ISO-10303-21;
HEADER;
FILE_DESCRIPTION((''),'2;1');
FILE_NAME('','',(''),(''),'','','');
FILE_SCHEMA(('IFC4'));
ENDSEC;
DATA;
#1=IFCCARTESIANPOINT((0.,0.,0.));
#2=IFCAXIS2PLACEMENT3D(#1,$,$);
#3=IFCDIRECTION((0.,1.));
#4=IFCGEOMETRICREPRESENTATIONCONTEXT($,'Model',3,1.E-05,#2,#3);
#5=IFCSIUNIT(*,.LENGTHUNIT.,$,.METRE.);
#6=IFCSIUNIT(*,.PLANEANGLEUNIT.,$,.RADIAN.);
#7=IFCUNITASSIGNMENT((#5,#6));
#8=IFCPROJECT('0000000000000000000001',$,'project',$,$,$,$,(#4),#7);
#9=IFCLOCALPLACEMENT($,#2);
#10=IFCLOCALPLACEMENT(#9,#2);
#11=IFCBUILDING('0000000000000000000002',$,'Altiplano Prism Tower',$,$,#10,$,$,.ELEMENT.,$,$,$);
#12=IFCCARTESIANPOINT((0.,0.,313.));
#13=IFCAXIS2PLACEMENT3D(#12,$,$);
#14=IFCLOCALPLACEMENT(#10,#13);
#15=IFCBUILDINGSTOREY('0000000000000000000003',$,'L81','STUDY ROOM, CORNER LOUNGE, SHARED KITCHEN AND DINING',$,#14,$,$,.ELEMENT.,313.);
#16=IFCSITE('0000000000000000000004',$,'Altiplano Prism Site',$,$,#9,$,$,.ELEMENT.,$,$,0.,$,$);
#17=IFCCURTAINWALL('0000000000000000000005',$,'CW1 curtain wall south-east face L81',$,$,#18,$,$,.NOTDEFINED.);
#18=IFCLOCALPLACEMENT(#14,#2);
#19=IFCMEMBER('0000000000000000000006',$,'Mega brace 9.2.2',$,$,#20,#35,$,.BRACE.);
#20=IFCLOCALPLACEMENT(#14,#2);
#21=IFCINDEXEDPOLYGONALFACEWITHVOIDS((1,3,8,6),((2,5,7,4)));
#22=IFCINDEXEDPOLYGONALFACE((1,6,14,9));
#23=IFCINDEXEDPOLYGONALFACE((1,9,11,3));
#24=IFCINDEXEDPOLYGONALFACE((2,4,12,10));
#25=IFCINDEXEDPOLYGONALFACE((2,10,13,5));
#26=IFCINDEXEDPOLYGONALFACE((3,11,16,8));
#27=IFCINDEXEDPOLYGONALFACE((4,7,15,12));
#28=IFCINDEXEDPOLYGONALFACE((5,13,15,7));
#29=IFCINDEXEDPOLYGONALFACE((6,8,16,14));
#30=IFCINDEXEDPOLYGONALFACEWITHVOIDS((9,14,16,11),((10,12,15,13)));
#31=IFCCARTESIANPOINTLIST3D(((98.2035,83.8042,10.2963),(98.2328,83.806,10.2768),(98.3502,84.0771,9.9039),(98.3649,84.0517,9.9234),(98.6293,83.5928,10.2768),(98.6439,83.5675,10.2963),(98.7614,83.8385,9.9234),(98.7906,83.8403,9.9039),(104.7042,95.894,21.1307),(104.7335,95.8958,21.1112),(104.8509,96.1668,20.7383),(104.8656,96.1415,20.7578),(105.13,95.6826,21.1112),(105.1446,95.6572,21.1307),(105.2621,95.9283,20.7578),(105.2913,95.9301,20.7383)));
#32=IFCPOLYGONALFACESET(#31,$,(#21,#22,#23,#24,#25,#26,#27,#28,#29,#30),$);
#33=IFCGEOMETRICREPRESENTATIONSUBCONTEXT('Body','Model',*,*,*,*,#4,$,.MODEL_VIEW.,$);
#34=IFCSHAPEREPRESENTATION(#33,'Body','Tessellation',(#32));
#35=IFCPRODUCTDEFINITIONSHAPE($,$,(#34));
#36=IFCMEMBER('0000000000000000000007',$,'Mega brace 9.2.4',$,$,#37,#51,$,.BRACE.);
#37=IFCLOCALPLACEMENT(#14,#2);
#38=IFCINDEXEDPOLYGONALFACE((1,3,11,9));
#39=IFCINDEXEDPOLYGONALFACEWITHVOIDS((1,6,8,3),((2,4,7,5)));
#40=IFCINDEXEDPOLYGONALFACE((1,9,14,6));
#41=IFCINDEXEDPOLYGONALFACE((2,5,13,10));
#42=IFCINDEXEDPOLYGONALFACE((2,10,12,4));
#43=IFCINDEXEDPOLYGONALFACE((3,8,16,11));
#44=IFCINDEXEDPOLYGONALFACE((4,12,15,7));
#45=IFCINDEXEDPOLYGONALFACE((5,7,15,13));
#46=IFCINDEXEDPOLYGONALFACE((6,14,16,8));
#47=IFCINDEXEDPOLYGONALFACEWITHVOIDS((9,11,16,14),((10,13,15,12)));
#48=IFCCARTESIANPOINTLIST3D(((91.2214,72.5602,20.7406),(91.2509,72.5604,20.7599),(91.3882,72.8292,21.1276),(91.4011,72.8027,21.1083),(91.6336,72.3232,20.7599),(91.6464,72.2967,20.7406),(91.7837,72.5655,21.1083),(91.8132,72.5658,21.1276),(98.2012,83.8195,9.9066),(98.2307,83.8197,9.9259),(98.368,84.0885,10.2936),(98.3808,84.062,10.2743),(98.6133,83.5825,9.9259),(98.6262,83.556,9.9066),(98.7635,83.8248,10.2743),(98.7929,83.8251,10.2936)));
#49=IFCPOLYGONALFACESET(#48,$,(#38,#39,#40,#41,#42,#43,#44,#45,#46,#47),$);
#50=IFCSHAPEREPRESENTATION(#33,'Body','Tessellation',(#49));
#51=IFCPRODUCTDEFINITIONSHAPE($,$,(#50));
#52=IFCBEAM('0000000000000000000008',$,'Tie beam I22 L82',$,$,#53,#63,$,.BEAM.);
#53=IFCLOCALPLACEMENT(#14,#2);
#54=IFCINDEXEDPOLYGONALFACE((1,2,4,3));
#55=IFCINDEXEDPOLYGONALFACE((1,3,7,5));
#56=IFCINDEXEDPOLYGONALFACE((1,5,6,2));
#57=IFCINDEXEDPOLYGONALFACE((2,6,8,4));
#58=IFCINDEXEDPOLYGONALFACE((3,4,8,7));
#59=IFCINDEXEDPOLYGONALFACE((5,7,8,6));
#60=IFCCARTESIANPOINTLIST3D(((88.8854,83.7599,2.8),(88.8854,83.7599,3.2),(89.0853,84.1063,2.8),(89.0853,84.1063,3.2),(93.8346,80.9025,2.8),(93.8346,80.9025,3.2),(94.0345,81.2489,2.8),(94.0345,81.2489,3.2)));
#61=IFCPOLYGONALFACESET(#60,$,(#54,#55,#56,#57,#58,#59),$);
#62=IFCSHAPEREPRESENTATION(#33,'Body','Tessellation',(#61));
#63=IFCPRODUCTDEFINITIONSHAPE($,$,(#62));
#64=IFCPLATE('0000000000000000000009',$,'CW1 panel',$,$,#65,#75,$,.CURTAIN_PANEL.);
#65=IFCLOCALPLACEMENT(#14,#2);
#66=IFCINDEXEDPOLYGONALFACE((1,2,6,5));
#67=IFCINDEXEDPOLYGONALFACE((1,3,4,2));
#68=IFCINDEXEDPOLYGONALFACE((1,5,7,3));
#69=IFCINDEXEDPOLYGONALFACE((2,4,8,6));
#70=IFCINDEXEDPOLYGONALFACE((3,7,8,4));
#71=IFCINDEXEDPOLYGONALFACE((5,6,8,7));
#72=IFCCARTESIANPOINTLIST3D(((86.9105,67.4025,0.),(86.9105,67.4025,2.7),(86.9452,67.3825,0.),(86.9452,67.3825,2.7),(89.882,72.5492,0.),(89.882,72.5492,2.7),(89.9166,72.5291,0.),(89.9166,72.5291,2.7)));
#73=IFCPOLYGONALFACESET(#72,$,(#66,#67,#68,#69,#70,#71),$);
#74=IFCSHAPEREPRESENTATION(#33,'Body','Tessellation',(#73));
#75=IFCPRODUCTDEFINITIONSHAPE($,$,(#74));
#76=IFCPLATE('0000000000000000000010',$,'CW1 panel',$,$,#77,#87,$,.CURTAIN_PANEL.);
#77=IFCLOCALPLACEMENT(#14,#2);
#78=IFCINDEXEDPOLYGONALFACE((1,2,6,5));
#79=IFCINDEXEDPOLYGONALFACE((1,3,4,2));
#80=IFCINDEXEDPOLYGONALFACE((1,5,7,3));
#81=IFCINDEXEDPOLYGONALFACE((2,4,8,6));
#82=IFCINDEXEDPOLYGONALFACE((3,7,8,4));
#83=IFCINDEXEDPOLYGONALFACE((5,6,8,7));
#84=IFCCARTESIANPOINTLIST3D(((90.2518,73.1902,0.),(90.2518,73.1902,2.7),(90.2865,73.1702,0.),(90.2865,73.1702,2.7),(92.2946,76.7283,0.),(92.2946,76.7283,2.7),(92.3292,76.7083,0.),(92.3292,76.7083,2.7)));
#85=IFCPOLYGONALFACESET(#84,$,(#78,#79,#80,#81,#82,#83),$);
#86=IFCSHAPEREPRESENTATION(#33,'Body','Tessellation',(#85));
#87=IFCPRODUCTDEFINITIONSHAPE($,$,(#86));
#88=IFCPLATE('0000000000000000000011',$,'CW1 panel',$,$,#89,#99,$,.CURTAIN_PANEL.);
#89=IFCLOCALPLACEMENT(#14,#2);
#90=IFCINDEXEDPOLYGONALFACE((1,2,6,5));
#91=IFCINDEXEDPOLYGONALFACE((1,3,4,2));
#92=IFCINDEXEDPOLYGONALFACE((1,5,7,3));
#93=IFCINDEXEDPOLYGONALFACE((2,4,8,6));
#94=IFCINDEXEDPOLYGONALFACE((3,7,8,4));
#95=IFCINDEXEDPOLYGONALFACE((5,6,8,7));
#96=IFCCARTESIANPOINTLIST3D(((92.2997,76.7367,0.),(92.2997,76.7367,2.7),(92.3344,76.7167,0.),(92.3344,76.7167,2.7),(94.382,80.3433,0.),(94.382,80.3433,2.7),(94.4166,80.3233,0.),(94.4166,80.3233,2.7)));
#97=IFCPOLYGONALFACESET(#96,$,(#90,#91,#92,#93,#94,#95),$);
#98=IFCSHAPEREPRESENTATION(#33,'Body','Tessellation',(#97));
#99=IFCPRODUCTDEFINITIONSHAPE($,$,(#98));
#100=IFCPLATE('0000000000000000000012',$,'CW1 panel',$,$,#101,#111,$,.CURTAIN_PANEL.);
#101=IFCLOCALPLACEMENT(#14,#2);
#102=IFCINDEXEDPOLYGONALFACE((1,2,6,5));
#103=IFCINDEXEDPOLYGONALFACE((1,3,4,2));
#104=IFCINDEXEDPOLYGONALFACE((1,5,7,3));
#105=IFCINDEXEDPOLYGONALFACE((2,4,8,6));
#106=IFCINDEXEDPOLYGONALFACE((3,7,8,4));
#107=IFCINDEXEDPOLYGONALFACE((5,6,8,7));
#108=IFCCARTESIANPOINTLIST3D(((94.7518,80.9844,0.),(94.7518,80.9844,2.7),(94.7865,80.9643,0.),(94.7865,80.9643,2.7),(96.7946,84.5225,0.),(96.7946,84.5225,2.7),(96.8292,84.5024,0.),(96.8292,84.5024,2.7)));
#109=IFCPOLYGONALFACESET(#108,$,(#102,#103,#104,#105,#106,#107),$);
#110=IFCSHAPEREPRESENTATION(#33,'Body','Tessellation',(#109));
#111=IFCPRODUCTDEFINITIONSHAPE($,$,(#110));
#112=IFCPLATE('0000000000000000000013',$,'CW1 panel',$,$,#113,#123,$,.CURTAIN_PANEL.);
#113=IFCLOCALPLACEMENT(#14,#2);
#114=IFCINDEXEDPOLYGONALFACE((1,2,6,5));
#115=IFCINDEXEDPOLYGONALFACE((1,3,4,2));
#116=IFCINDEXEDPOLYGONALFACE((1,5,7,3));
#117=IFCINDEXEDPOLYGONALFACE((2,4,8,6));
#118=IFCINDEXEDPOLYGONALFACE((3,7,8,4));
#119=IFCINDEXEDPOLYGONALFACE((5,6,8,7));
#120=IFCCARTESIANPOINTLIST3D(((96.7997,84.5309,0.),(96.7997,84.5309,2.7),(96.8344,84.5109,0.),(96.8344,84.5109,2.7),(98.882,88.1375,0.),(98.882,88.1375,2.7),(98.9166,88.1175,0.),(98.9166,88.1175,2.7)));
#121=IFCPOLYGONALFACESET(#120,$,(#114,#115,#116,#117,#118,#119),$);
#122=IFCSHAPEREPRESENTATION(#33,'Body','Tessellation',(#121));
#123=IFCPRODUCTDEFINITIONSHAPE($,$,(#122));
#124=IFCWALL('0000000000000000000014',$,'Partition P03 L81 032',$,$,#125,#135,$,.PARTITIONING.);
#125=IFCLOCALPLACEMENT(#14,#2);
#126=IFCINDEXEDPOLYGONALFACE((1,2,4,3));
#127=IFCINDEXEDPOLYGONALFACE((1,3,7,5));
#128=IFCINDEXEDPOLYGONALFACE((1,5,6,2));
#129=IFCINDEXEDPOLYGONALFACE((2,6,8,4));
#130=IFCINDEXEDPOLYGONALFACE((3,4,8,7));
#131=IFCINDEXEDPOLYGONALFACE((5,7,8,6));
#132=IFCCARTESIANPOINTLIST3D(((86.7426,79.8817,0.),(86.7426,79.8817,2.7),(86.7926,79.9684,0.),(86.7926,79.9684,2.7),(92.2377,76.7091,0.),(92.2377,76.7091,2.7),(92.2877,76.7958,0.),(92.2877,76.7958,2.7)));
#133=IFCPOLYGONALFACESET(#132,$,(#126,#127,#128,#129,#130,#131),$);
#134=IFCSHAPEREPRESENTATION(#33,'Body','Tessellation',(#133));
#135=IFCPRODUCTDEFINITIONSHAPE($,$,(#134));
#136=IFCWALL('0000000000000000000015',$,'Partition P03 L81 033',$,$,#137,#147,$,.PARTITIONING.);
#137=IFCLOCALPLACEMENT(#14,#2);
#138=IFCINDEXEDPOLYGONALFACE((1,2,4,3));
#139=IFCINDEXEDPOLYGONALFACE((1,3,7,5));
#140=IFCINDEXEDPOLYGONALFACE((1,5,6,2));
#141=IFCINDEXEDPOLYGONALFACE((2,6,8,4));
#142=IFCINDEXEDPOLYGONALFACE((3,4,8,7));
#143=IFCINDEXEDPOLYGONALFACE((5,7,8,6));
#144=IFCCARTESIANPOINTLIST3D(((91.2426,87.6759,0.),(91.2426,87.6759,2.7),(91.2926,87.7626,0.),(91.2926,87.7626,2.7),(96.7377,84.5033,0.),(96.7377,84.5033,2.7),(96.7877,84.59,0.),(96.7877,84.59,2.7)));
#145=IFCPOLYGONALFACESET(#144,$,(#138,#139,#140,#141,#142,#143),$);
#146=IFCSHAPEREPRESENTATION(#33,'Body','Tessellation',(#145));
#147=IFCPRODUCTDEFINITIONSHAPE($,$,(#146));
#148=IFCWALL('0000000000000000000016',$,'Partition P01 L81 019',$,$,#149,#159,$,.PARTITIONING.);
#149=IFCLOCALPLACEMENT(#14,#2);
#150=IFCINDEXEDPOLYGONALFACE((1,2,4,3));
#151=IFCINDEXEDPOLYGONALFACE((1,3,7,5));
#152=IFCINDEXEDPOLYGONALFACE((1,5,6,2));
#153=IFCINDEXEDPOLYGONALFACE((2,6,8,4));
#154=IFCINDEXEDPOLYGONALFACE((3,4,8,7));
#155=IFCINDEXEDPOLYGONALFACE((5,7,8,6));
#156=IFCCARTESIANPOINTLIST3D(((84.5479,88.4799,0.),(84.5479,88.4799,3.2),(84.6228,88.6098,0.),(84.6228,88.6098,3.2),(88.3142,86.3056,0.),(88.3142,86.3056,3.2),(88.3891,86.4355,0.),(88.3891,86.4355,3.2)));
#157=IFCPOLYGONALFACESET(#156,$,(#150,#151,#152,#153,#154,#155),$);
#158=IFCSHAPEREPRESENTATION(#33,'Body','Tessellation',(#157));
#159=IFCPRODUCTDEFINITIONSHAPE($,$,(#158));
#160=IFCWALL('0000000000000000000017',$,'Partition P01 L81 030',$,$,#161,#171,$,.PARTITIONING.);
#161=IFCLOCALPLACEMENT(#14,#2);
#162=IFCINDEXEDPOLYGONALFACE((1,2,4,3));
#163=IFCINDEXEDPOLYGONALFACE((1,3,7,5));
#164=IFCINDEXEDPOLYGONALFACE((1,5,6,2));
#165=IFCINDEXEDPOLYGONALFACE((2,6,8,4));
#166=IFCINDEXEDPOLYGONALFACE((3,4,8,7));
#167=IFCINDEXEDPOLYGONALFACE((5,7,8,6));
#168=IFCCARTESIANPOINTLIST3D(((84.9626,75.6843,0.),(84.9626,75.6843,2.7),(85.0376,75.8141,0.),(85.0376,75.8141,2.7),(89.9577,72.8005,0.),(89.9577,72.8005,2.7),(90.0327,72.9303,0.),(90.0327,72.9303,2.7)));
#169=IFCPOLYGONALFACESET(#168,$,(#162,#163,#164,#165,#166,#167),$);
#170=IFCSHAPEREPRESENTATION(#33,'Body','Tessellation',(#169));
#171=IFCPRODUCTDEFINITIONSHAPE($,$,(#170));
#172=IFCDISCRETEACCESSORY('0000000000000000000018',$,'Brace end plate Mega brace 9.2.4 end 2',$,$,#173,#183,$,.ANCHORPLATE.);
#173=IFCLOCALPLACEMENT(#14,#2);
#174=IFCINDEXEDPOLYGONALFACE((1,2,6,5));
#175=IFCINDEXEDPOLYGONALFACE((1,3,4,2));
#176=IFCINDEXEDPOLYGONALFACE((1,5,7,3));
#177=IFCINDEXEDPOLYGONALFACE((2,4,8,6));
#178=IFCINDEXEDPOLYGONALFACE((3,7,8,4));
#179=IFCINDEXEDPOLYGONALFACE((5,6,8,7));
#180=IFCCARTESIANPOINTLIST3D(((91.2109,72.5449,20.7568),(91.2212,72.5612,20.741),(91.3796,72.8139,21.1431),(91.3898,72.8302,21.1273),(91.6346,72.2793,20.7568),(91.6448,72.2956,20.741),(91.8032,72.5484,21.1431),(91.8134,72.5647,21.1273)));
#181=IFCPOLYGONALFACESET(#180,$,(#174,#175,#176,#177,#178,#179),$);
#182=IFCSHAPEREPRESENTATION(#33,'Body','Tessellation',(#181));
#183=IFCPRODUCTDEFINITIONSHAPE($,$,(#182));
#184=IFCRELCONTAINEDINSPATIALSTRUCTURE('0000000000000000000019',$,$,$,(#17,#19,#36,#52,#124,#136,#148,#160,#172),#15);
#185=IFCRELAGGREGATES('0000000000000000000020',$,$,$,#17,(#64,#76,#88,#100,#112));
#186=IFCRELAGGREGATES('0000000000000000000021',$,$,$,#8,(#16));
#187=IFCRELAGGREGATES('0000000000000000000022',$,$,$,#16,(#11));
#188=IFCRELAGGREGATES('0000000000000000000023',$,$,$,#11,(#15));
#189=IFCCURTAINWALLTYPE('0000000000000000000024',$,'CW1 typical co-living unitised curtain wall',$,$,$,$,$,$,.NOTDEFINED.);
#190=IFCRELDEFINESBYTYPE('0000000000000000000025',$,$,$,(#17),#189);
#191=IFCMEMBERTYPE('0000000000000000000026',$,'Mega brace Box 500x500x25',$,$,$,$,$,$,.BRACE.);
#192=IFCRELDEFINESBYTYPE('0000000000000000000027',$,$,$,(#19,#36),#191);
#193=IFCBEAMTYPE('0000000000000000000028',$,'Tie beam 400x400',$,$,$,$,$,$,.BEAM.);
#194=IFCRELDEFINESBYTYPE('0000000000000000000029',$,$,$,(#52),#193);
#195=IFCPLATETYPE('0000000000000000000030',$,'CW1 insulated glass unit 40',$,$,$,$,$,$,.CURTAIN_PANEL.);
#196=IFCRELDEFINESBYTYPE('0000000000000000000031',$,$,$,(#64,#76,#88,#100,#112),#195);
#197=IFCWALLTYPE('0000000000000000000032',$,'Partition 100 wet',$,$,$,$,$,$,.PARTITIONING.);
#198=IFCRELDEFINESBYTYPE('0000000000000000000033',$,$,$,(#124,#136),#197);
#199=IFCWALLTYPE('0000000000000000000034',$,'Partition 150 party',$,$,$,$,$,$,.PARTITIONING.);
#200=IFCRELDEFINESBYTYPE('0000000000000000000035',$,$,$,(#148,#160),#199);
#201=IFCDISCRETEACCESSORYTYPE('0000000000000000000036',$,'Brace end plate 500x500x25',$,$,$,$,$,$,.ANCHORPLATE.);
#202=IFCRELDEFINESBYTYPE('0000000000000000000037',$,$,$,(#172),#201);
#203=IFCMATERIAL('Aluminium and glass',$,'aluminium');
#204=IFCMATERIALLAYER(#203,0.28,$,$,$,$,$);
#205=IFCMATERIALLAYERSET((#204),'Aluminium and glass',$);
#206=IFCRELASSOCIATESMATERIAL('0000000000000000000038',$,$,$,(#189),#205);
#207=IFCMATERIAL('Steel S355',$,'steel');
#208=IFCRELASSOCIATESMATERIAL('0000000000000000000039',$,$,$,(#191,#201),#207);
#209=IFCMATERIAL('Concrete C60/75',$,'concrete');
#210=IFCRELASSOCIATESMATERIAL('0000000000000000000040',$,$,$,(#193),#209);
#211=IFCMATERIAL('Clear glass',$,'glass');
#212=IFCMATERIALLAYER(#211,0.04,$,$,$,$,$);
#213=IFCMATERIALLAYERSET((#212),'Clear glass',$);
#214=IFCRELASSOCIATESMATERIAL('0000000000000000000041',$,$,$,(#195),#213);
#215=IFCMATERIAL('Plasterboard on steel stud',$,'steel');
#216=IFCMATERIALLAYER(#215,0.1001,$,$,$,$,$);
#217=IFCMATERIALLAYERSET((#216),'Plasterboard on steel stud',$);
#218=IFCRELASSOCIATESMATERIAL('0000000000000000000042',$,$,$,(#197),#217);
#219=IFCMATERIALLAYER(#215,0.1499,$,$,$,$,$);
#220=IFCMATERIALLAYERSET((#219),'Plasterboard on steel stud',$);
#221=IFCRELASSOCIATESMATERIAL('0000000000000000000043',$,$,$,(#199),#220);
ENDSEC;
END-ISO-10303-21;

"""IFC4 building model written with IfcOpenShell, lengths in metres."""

from ifc_helpers import new_model, si_unit, direction, frame, frame_2d, origin, origin_2d, place, context, subcontext, project, spatial, rectangle, hollow_rectangle, extrude, material, layer, layer_set, material_profile, profile_set, type_object, element, aggregate, save


model = new_model("IFC4")

# Units and contexts
model_context = context("Model", 3, precision=1e-05, world=origin(), true_north=direction((0.0, 1.0)))
body_context = subcontext(model_context, "Body", "Model", "MODEL_VIEW")
ifc_project = project(units=[si_unit("LENGTHUNIT", "METRE"), si_unit("PLANEANGLEUNIT", "RADIAN")], contexts=[model_context])

# Site, building, storey
site_placement = place(None, origin())
site = spatial("IfcSite", under=ifc_project, at=site_placement, Name="Altiplano Prism Site", CompositionType="ELEMENT", RefElevation=0.0)
building_placement = place(site_placement, origin())
building = spatial("IfcBuilding", under=site, at=building_placement, Name="Altiplano Prism Tower", CompositionType="ELEMENT")
storey_placement = place(building_placement, frame((0.0, 0.0, 313.0)))
storey = spatial("IfcBuildingStorey", under=building, at=storey_placement, Name="L81", Description="STUDY ROOM, CORNER LOUNGE, SHARED KITCHEN AND DINING", CompositionType="ELEMENT", Elevation=313.0)

# Shared definitions
ifc_material_1 = material(Name="Concrete C60/75", Category="concrete")

# Curtain wall
ifc_material_2 = material(Name="Aluminium and glass", Category="aluminium")
ifc_layer_1 = layer(ifc_material_2, 0.28)
ifc_layer_set_1 = layer_set([ifc_layer_1], Name="Aluminium and glass")
curtain_wall_type = type_object("IfcCurtainWallType", Name="CW1 typical co-living unitised curtain wall", PredefinedType="NOTDEFINED", material=ifc_layer_set_1)
curtain_wall_placement = place(storey_placement, origin())
curtain_wall = element("IfcCurtainWall", 1, at=curtain_wall_placement, inside=storey, type_object=curtain_wall_type, Name="CW1 curtain wall south-east face L81", PredefinedType="NOTDEFINED")

# Members
ifc_material_3 = material(Name="Steel S355", Category="steel")
ifc_material_profile_1 = material_profile(ifc_material_3, hollow_rectangle(XDim=0.5, YDim=0.5, WallThickness=0.0249, at=origin_2d()), Name="Mega brace Box 500x500x25")
ifc_profile_set_1 = profile_set([ifc_material_profile_1], Name="Steel S355")
member_type_1 = type_object("IfcMemberType", Name="Mega brace Box 500x500x25", PredefinedType="BRACE", material=ifc_profile_set_1)
member_1_placement = place(storey_placement, frame((98.4971, 83.8223, 10.1001), z_axis=(0.371738, 0.691345, 0.619558), x_axis=(-0.88075, 0.473581, 0.0)))
element("IfcMember", 2, at=member_1_placement, inside=storey, type_object=member_type_1, Name="Mega brace 9.2.2", PredefinedType="BRACE", context=body_context, shape_type="SweptSolid", body=[
    extrude(hollow_rectangle(XDim=0.5, YDim=0.5, WallThickness=0.0249, at=origin_2d()), origin(), (0.0, 0.0, 1.0), 17.4873),
])
member_2_placement = place(storey_placement, frame((98.4971, 83.8223, 10.1001), z_axis=(-0.407856, -0.657928, 0.633076), x_axis=(0.849937, -0.526884, 0.0)))
element("IfcMember", 3, at=member_2_placement, inside=storey, type_object=member_type_1, Name="Mega brace 9.2.4", PredefinedType="BRACE", context=body_context, shape_type="SweptSolid", body=[
    extrude(hollow_rectangle(XDim=0.5, YDim=0.5, WallThickness=0.0249, at=origin_2d()), origin(), (0.0, 0.0, 1.0), 17.1133),
])

# Beam
ifc_material_profile_2 = material_profile(ifc_material_1, rectangle(XDim=0.3999, YDim=0.3999, at=origin_2d()), Name="Tie beam 400x400")
ifc_profile_set_2 = profile_set([ifc_material_profile_2], Name="Concrete C60/75")
beam_type_1 = type_object("IfcBeamType", Name="Tie beam 400x400", PredefinedType="BEAM", material=ifc_profile_set_2)
beam_placement = place(storey_placement, frame((88.9854, 83.9331, 3.0), z_axis=(0.866026, -0.499999, 0.0), x_axis=(0.499999, 0.866026, 0.0)))
element("IfcBeam", 4, at=beam_placement, inside=storey, type_object=beam_type_1, Name="Tie beam I22 L82", PredefinedType="BEAM", context=body_context, shape_type="SweptSolid", body=[
    extrude(rectangle(XDim=0.3999, YDim=0.3999, at=origin_2d()), origin(), (0.0, 0.0, 1.0), 5.7148),
])

# Plates
ifc_material_4 = material(Name="Clear glass", Category="glass")
ifc_layer_2 = layer(ifc_material_4, 0.04)
ifc_layer_set_2 = layer_set([ifc_layer_2], Name="Clear glass")
plate_type = type_object("IfcPlateType", Name="CW1 insulated glass unit 40", PredefinedType="CURTAIN_PANEL", material=ifc_layer_set_2)
plate_1_placement = place(storey_placement, frame((88.4136, 69.9658, 0.0), z_axis=(0.0, 0.0, 1.0), x_axis=(0.5, 0.866025, 0.0)))
plate_1 = element("IfcPlate", 5, at=plate_1_placement, type_object=plate_type, Name="CW1 panel", PredefinedType="CURTAIN_PANEL", context=body_context, shape_type="SweptSolid", body=[
    extrude(rectangle(XDim=5.9429, YDim=0.04, at=origin_2d()), origin(), (0.0, 0.0, 1.0), 2.7),
])
plate_2_placement = place(storey_placement, frame((91.2905, 74.9492, 0.0), z_axis=(0.0, 0.0, 1.0), x_axis=(0.5, 0.866025, 0.0)))
plate_2 = element("IfcPlate", 6, at=plate_2_placement, type_object=plate_type, Name="CW1 panel", PredefinedType="CURTAIN_PANEL", context=body_context, shape_type="SweptSolid", body=[
    extrude(rectangle(XDim=4.0854, YDim=0.04, at=origin_2d()), origin(), (0.0, 0.0, 1.0), 2.7),
])
plate_3_placement = place(storey_placement, frame((93.3582, 78.53, 0.0), z_axis=(0.0, 0.0, 1.0), x_axis=(0.5, 0.866025, 0.0)))
plate_3 = element("IfcPlate", 7, at=plate_3_placement, type_object=plate_type, Name="CW1 panel", PredefinedType="CURTAIN_PANEL", context=body_context, shape_type="SweptSolid", body=[
    extrude(rectangle(XDim=4.1646, YDim=0.04, at=origin_2d()), origin(), (0.0, 0.0, 1.0), 2.7),
])
plate_4_placement = place(storey_placement, frame((95.7905, 82.7434, 0.0), z_axis=(0.0, 0.0, 1.0), x_axis=(0.5, 0.866025, 0.0)))
plate_4 = element("IfcPlate", 8, at=plate_4_placement, type_object=plate_type, Name="CW1 panel", PredefinedType="CURTAIN_PANEL", context=body_context, shape_type="SweptSolid", body=[
    extrude(rectangle(XDim=4.0854, YDim=0.04, at=origin_2d()), origin(), (0.0, 0.0, 1.0), 2.7),
])
plate_5_placement = place(storey_placement, frame((97.8582, 86.3242, 0.0), z_axis=(0.0, 0.0, 1.0), x_axis=(0.5, 0.866025, 0.0)))
plate_5 = element("IfcPlate", 9, at=plate_5_placement, type_object=plate_type, Name="CW1 panel", PredefinedType="CURTAIN_PANEL", context=body_context, shape_type="SweptSolid", body=[
    extrude(rectangle(XDim=4.1646, YDim=0.04, at=origin_2d()), origin(), (0.0, 0.0, 1.0), 2.7),
])
aggregate(curtain_wall, [plate_1, plate_2, plate_3, plate_4, plate_5])

# Walls
ifc_material_5 = material(Name="Plasterboard on steel stud", Category="steel")
ifc_layer_3 = layer(ifc_material_5, 0.1001)
ifc_layer_set_3 = layer_set([ifc_layer_3], Name="Plasterboard on steel stud")
wall_type_1 = type_object("IfcWallType", Name="Partition 100 wet", PredefinedType="PARTITIONING", material=ifc_layer_set_3)
for number, where, z_axis, x_axis, name in (
    (10, (92.2627, 76.7524, 0.0), (0.0, 0.0, 1.0), (-0.866025, 0.5, 0.0), "Partition P03 L81 032"),
    (11, (96.7627, 84.5466, 0.0), (0.0, 0.0, 1.0), (-0.866025, 0.5, 0.0), "Partition P03 L81 033"),
):
    element("IfcWall", number, at=place(storey_placement, frame(where, z_axis=z_axis, x_axis=x_axis)), inside=storey, type_object=wall_type_1, Name=name, PredefinedType="PARTITIONING", context=body_context, shape_type="SweptSolid", body=[
        extrude(rectangle(XDim=6.3452, YDim=0.1001, at=frame_2d((3.1726, 0.0))), origin(), (0.0, 0.0, 1.0), 2.7),
    ])
ifc_layer_4 = layer(ifc_material_5, 0.1499)
ifc_layer_set_4 = layer_set([ifc_layer_4], Name="Plasterboard on steel stud")
wall_type_2 = type_object("IfcWallType", Name="Partition 150 party", PredefinedType="PARTITIONING", material=ifc_layer_set_4)
wall_1_placement = place(storey_placement, frame((88.3516, 86.3706, 0.0), z_axis=(0.0, 0.0, 1.0), x_axis=(-0.866044, 0.499967, 0.0)))
element("IfcWall", 12, at=wall_1_placement, inside=storey, type_object=wall_type_2, Name="Partition P01 L81 019", PredefinedType="PARTITIONING", context=body_context, shape_type="SweptSolid", body=[
    extrude(rectangle(XDim=4.3489, YDim=0.1499, at=frame_2d((2.1743, 0.0))), origin(), (0.0, 0.0, 1.0), 3.2),
])
wall_2_placement = place(storey_placement, frame((89.9951, 72.8655, 0.0), z_axis=(0.0, 0.0, 1.0), x_axis=(-0.866036, 0.499981, 0.0)))
element("IfcWall", 13, at=wall_2_placement, inside=storey, type_object=wall_type_2, Name="Partition P01 L81 030", PredefinedType="PARTITIONING", context=body_context, shape_type="SweptSolid", body=[
    extrude(rectangle(XDim=5.7678, YDim=0.1499, at=frame_2d((2.8838, 0.0))), origin(), (0.0, 0.0, 1.0), 2.7),
])

# Discrete accessory
ifc_material_profile_3 = material_profile(ifc_material_3, rectangle(XDim=0.5, YDim=0.5, at=origin_2d()), Name="Brace end plate 500x500x25")
ifc_profile_set_3 = profile_set([ifc_material_profile_3], Name="Steel S355")
discrete_accessory_type = type_object("IfcDiscreteAccessoryType", Name="Brace end plate 500x500x25", PredefinedType="ANCHORPLATE", material=ifc_profile_set_3)
discrete_accessory_placement = place(storey_placement, frame((91.5071, 72.5466, 20.95), z_axis=(0.410308, 0.654539, -0.635001), x_axis=(-0.847287, 0.531135, 0.0)))
element("IfcDiscreteAccessory", 14, at=discrete_accessory_placement, inside=storey, type_object=discrete_accessory_type, Name="Brace end plate Mega brace 9.2.4 end 2", PredefinedType="ANCHORPLATE", context=body_context, shape_type="SweptSolid", body=[
    extrude(rectangle(XDim=0.5, YDim=0.5, at=origin_2d()), origin(), (0.0, 0.0, 1.0), 0.0249),
])

save(model, "model.ifc")
